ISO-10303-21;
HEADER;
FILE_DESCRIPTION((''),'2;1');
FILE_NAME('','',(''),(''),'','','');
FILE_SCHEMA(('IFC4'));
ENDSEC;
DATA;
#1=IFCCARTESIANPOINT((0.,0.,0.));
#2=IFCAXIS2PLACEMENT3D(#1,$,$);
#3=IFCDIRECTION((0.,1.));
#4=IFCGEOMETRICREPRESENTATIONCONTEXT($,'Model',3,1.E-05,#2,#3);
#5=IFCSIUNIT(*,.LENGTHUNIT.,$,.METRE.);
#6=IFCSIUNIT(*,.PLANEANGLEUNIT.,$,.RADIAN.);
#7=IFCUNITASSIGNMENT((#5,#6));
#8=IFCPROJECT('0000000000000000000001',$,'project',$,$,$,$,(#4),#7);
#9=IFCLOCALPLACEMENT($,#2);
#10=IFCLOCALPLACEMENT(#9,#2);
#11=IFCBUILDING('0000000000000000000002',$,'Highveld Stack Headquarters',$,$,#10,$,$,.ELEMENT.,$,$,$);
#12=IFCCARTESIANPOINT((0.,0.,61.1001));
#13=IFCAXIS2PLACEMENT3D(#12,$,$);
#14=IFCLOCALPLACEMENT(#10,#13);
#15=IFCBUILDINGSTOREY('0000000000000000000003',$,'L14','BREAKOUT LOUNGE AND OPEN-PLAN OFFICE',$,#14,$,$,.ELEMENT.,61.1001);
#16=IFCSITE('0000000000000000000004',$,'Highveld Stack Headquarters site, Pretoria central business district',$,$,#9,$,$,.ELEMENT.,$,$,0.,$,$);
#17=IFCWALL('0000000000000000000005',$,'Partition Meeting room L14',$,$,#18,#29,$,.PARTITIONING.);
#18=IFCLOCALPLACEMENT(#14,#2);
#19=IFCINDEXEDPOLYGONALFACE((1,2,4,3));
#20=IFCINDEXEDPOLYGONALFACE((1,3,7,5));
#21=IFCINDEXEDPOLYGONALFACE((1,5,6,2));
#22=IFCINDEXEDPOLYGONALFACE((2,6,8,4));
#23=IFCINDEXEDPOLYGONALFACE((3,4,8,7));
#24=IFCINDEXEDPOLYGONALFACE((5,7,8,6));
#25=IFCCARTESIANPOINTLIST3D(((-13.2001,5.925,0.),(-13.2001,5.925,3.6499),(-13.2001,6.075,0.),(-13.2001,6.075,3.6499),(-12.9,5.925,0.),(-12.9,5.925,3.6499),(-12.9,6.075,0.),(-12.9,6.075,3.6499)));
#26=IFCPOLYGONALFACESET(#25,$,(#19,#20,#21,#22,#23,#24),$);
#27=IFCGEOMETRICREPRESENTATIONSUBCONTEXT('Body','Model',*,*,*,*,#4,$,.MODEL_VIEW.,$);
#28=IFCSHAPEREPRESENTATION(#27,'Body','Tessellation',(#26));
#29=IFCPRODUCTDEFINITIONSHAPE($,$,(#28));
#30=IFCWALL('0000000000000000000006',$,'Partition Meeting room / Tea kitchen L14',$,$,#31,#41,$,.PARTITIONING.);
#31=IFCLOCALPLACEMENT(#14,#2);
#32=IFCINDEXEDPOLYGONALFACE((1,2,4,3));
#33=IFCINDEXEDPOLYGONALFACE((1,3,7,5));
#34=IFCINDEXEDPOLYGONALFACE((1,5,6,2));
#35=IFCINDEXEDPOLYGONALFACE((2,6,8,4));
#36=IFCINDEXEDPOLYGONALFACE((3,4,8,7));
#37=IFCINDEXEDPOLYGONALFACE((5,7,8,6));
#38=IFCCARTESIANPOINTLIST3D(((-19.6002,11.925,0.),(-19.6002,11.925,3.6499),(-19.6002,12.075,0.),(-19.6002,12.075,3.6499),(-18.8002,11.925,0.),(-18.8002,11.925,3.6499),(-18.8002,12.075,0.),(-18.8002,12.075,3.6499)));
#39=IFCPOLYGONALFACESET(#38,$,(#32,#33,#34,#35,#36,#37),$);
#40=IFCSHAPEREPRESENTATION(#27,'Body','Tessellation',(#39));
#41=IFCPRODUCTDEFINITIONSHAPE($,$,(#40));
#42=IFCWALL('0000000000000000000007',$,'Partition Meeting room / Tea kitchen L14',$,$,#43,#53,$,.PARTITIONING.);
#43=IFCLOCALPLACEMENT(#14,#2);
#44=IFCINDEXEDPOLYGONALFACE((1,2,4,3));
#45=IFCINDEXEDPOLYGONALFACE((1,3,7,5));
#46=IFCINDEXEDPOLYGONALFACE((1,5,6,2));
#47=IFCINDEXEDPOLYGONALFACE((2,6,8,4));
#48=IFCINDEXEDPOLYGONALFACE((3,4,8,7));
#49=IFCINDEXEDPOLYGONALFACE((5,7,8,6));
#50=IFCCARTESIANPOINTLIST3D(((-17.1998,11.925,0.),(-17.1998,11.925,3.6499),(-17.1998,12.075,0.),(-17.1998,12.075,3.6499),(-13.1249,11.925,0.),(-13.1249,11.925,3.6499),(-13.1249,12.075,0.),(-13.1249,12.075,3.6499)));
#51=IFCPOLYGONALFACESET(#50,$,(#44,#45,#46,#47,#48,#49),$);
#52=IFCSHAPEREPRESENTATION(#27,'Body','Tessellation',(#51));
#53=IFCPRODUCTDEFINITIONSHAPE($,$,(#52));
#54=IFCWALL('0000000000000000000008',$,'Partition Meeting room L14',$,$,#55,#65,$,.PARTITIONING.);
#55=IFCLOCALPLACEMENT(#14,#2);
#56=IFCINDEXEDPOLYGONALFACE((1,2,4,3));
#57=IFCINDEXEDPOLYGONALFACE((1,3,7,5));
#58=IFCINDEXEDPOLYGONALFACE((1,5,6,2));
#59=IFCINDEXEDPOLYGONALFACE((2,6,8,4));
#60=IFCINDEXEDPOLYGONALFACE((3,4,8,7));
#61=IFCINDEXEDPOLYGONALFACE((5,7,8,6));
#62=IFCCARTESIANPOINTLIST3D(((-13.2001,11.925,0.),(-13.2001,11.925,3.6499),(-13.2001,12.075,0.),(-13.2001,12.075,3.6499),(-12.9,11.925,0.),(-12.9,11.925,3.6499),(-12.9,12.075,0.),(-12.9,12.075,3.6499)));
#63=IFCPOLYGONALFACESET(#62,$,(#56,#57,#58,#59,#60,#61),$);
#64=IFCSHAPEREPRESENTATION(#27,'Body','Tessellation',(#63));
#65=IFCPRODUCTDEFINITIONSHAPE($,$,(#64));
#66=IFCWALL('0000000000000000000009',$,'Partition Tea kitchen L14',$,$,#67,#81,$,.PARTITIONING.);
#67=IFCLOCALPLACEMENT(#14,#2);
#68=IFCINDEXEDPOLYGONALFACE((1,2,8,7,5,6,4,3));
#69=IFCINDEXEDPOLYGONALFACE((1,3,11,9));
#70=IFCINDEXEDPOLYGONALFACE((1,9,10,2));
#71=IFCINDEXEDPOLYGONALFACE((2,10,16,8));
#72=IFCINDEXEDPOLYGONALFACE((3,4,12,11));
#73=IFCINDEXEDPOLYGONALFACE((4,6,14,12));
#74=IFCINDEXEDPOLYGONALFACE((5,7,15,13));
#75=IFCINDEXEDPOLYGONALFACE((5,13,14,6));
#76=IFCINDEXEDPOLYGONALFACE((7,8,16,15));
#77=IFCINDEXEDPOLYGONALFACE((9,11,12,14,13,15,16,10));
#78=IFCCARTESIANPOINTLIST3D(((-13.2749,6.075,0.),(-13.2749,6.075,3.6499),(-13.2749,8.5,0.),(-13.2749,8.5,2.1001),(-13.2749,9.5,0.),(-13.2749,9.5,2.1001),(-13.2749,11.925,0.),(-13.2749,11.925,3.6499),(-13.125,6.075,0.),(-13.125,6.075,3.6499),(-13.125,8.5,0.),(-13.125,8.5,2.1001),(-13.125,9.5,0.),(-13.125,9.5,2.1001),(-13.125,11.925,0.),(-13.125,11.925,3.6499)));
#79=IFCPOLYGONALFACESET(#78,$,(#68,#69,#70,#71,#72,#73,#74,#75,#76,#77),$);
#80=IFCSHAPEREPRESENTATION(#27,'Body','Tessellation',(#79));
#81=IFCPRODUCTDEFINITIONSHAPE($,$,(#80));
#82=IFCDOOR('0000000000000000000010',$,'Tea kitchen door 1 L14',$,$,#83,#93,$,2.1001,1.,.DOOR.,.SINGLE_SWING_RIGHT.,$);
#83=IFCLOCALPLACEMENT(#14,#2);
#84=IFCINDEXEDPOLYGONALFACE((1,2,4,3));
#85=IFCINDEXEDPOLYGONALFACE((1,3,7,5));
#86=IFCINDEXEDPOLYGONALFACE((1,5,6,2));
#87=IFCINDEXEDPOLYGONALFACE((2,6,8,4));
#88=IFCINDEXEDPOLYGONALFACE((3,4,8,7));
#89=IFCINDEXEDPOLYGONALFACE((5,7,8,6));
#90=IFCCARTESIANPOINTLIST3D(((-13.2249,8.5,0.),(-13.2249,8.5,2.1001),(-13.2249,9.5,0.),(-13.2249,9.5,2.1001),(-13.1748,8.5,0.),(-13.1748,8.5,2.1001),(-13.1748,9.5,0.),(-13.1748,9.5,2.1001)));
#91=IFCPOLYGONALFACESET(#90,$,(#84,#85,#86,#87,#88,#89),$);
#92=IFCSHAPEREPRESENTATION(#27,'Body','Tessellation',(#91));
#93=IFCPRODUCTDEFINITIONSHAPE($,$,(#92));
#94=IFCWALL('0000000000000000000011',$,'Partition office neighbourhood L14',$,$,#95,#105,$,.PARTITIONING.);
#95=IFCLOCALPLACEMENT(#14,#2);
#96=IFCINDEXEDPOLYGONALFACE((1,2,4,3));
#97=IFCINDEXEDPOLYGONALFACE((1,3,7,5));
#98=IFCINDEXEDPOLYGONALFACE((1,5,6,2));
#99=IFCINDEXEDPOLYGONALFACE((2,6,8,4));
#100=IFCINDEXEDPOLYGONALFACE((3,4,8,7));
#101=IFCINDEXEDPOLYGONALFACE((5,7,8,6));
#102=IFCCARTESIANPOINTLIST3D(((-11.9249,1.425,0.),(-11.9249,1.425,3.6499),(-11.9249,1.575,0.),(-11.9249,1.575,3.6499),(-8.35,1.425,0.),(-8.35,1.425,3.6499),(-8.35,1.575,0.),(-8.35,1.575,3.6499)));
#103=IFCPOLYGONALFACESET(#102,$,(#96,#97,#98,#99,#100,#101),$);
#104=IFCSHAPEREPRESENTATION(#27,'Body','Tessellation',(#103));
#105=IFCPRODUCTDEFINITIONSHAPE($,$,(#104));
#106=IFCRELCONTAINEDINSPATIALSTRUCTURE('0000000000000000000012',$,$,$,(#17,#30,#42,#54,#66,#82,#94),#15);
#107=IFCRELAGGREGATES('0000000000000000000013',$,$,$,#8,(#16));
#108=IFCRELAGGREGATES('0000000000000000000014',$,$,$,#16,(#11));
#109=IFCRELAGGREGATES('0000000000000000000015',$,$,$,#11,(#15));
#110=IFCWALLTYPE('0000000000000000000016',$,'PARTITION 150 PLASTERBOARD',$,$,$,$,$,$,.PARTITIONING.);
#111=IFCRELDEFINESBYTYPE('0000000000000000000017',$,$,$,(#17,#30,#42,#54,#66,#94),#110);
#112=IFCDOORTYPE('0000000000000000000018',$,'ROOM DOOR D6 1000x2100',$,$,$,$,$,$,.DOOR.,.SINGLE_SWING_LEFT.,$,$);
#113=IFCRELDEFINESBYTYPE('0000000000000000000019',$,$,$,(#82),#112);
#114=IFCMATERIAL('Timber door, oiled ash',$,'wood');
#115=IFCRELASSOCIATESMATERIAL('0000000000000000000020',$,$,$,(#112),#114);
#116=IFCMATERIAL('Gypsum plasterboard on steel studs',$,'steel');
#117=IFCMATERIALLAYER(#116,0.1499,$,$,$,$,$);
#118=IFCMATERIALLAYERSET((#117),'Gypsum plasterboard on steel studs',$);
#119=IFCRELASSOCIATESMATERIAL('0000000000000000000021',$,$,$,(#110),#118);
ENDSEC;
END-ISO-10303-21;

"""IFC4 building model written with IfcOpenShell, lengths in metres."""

from ifc_helpers import new_model, si_unit, direction, frame, frame_2d, origin, place, context, subcontext, project, spatial, rectangle, extrude, material, layer, layer_set, type_object, element, fill, save


model = new_model("IFC4")

# Units and contexts
model_context = context("Model", 3, precision=1e-05, world=origin(), true_north=direction((0.0, 1.0)))
body_context = subcontext(model_context, "Body", "Model", "MODEL_VIEW")
ifc_project = project(units=[si_unit("LENGTHUNIT", "METRE"), si_unit("PLANEANGLEUNIT", "RADIAN")], contexts=[model_context])

# Site, building, storey
site_placement = place(None, origin())
site = spatial("IfcSite", under=ifc_project, at=site_placement, Name="Highveld Stack Headquarters site, Pretoria central business district", CompositionType="ELEMENT", RefElevation=0.0)
building_placement = place(site_placement, origin())
building = spatial("IfcBuilding", under=site, at=building_placement, Name="Highveld Stack Headquarters", CompositionType="ELEMENT")
storey_placement = place(building_placement, frame((0.0, 0.0, 61.1001)))
storey = spatial("IfcBuildingStorey", under=building, at=storey_placement, Name="L14", Description="BREAKOUT LOUNGE AND OPEN-PLAN OFFICE", CompositionType="ELEMENT", Elevation=61.1001)

# Shared definitions
ifc_material_1 = material(Name="Timber door, oiled ash", Category="wood")
door_type = type_object("IfcDoorType", Name="ROOM DOOR D6 1000x2100", OperationType="SINGLE_SWING_LEFT", PredefinedType="DOOR", material=ifc_material_1)

# Walls
ifc_material_2 = material(Name="Gypsum plasterboard on steel studs", Category="steel")
ifc_layer_1 = layer(ifc_material_2, 0.1499)
ifc_layer_set_1 = layer_set([ifc_layer_1], Name="Gypsum plasterboard on steel studs")
wall_type_1 = type_object("IfcWallType", Name="PARTITION 150 PLASTERBOARD", PredefinedType="PARTITIONING", material=ifc_layer_set_1)
wall_1_placement = place(storey_placement, frame((-13.2, 6.0, 0.0), z_axis=(0.0, 0.0, 1.0), x_axis=(1.0, 0.0, 0.0)))
element("IfcWall", 1, at=wall_1_placement, inside=storey, type_object=wall_type_1, Name="Partition Meeting room L14", PredefinedType="PARTITIONING", context=body_context, shape_type="SweptSolid", body=[
    extrude(rectangle(XDim=0.3, YDim=0.1499, at=frame_2d((0.1499, 0.0))), origin(), (0.0, 0.0, 1.0), 3.6499),
])
wall_2_placement = place(storey_placement, frame((-19.6001, 12.0, 0.0), z_axis=(0.0, 0.0, 1.0), x_axis=(1.0, 0.0, 0.0)))
element("IfcWall", 2, at=wall_2_placement, inside=storey, type_object=wall_type_1, Name="Partition Meeting room / Tea kitchen L14", PredefinedType="PARTITIONING", context=body_context, shape_type="SweptSolid", body=[
    extrude(rectangle(XDim=0.8, YDim=0.1499, at=frame_2d((0.3999, 0.0))), origin(), (0.0, 0.0, 1.0), 3.6499),
])
wall_3_placement = place(storey_placement, frame((-17.2, 12.0, 0.0), z_axis=(0.0, 0.0, 1.0), x_axis=(1.0, 0.0, 0.0)))
element("IfcWall", 3, at=wall_3_placement, inside=storey, type_object=wall_type_1, Name="Partition Meeting room / Tea kitchen L14", PredefinedType="PARTITIONING", context=body_context, shape_type="SweptSolid", body=[
    extrude(rectangle(XDim=4.075, YDim=0.1499, at=frame_2d((2.0376, 0.0))), origin(), (0.0, 0.0, 1.0), 3.6499),
])
wall_4_placement = place(storey_placement, frame((-13.2, 12.0, 0.0), z_axis=(0.0, 0.0, 1.0), x_axis=(1.0, 0.0, 0.0)))
element("IfcWall", 4, at=wall_4_placement, inside=storey, type_object=wall_type_1, Name="Partition Meeting room L14", PredefinedType="PARTITIONING", context=body_context, shape_type="SweptSolid", body=[
    extrude(rectangle(XDim=0.3, YDim=0.1499, at=frame_2d((0.1499, 0.0))), origin(), (0.0, 0.0, 1.0), 3.6499),
])

# Wall, opening, door
wall_5_placement = place(storey_placement, frame((-13.2, 6.075, 0.0), z_axis=(0.0, 0.0, 1.0), x_axis=(0.0, 1.0, 0.0)))
wall_5 = element("IfcWall", 5, at=wall_5_placement, inside=storey, type_object=wall_type_1, Name="Partition Tea kitchen L14", PredefinedType="PARTITIONING", context=body_context, shape_type="SweptSolid", body=[
    extrude(rectangle(XDim=5.8501, YDim=0.1499, at=frame_2d((2.925, 0.0))), origin(), (0.0, 0.0, 1.0), 3.6499),
])
opening_1_placement = place(wall_5_placement, frame((2.425, 0.0, 0.0)))
opening_1 = element("IfcOpeningElement", 6, at=opening_1_placement, cuts=wall_5, PredefinedType="OPENING", context=body_context, shape_type="SweptSolid", body=[
    extrude(rectangle(XDim=1.0, YDim=2.1001, at=frame_2d((0.5, 1.05))), frame((0.0, 0.085, 0.0), z_axis=(0.0, -1.0, 0.0), x_axis=(1.0, 0.0, 0.0)), (0.0, 0.0, 1.0), 0.1699),
])
door_1_placement = place(opening_1_placement, origin())
door_1 = element("IfcDoor", 7, at=door_1_placement, inside=storey, type_object=door_type, Name="Tea kitchen door 1 L14", OperationType="SINGLE_SWING_RIGHT", OverallHeight=2.1001, OverallWidth=1.0, PredefinedType="DOOR", context=body_context, shape_type="SweptSolid", body=[
    extrude(rectangle(XDim=1.0, YDim=2.1001, at=frame_2d((0.5, 1.05))), frame((0.0, 0.0249, 0.0), z_axis=(0.0, -1.0, 0.0), x_axis=(1.0, 0.0, 0.0)), (0.0, 0.0, 1.0), 0.05),
])
fill(opening_1, door_1)

# Wall
wall_6_placement = place(storey_placement, frame((-11.925, 1.5, 0.0), z_axis=(0.0, 0.0, 1.0), x_axis=(1.0, 0.0, 0.0)))
element("IfcWall", 8, at=wall_6_placement, inside=storey, type_object=wall_type_1, Name="Partition office neighbourhood L14", PredefinedType="PARTITIONING", context=body_context, shape_type="SweptSolid", body=[
    extrude(rectangle(XDim=3.575, YDim=0.1499, at=frame_2d((1.7876, 0.0))), origin(), (0.0, 0.0, 1.0), 3.6499),
])

save(model, "model.ifc")
